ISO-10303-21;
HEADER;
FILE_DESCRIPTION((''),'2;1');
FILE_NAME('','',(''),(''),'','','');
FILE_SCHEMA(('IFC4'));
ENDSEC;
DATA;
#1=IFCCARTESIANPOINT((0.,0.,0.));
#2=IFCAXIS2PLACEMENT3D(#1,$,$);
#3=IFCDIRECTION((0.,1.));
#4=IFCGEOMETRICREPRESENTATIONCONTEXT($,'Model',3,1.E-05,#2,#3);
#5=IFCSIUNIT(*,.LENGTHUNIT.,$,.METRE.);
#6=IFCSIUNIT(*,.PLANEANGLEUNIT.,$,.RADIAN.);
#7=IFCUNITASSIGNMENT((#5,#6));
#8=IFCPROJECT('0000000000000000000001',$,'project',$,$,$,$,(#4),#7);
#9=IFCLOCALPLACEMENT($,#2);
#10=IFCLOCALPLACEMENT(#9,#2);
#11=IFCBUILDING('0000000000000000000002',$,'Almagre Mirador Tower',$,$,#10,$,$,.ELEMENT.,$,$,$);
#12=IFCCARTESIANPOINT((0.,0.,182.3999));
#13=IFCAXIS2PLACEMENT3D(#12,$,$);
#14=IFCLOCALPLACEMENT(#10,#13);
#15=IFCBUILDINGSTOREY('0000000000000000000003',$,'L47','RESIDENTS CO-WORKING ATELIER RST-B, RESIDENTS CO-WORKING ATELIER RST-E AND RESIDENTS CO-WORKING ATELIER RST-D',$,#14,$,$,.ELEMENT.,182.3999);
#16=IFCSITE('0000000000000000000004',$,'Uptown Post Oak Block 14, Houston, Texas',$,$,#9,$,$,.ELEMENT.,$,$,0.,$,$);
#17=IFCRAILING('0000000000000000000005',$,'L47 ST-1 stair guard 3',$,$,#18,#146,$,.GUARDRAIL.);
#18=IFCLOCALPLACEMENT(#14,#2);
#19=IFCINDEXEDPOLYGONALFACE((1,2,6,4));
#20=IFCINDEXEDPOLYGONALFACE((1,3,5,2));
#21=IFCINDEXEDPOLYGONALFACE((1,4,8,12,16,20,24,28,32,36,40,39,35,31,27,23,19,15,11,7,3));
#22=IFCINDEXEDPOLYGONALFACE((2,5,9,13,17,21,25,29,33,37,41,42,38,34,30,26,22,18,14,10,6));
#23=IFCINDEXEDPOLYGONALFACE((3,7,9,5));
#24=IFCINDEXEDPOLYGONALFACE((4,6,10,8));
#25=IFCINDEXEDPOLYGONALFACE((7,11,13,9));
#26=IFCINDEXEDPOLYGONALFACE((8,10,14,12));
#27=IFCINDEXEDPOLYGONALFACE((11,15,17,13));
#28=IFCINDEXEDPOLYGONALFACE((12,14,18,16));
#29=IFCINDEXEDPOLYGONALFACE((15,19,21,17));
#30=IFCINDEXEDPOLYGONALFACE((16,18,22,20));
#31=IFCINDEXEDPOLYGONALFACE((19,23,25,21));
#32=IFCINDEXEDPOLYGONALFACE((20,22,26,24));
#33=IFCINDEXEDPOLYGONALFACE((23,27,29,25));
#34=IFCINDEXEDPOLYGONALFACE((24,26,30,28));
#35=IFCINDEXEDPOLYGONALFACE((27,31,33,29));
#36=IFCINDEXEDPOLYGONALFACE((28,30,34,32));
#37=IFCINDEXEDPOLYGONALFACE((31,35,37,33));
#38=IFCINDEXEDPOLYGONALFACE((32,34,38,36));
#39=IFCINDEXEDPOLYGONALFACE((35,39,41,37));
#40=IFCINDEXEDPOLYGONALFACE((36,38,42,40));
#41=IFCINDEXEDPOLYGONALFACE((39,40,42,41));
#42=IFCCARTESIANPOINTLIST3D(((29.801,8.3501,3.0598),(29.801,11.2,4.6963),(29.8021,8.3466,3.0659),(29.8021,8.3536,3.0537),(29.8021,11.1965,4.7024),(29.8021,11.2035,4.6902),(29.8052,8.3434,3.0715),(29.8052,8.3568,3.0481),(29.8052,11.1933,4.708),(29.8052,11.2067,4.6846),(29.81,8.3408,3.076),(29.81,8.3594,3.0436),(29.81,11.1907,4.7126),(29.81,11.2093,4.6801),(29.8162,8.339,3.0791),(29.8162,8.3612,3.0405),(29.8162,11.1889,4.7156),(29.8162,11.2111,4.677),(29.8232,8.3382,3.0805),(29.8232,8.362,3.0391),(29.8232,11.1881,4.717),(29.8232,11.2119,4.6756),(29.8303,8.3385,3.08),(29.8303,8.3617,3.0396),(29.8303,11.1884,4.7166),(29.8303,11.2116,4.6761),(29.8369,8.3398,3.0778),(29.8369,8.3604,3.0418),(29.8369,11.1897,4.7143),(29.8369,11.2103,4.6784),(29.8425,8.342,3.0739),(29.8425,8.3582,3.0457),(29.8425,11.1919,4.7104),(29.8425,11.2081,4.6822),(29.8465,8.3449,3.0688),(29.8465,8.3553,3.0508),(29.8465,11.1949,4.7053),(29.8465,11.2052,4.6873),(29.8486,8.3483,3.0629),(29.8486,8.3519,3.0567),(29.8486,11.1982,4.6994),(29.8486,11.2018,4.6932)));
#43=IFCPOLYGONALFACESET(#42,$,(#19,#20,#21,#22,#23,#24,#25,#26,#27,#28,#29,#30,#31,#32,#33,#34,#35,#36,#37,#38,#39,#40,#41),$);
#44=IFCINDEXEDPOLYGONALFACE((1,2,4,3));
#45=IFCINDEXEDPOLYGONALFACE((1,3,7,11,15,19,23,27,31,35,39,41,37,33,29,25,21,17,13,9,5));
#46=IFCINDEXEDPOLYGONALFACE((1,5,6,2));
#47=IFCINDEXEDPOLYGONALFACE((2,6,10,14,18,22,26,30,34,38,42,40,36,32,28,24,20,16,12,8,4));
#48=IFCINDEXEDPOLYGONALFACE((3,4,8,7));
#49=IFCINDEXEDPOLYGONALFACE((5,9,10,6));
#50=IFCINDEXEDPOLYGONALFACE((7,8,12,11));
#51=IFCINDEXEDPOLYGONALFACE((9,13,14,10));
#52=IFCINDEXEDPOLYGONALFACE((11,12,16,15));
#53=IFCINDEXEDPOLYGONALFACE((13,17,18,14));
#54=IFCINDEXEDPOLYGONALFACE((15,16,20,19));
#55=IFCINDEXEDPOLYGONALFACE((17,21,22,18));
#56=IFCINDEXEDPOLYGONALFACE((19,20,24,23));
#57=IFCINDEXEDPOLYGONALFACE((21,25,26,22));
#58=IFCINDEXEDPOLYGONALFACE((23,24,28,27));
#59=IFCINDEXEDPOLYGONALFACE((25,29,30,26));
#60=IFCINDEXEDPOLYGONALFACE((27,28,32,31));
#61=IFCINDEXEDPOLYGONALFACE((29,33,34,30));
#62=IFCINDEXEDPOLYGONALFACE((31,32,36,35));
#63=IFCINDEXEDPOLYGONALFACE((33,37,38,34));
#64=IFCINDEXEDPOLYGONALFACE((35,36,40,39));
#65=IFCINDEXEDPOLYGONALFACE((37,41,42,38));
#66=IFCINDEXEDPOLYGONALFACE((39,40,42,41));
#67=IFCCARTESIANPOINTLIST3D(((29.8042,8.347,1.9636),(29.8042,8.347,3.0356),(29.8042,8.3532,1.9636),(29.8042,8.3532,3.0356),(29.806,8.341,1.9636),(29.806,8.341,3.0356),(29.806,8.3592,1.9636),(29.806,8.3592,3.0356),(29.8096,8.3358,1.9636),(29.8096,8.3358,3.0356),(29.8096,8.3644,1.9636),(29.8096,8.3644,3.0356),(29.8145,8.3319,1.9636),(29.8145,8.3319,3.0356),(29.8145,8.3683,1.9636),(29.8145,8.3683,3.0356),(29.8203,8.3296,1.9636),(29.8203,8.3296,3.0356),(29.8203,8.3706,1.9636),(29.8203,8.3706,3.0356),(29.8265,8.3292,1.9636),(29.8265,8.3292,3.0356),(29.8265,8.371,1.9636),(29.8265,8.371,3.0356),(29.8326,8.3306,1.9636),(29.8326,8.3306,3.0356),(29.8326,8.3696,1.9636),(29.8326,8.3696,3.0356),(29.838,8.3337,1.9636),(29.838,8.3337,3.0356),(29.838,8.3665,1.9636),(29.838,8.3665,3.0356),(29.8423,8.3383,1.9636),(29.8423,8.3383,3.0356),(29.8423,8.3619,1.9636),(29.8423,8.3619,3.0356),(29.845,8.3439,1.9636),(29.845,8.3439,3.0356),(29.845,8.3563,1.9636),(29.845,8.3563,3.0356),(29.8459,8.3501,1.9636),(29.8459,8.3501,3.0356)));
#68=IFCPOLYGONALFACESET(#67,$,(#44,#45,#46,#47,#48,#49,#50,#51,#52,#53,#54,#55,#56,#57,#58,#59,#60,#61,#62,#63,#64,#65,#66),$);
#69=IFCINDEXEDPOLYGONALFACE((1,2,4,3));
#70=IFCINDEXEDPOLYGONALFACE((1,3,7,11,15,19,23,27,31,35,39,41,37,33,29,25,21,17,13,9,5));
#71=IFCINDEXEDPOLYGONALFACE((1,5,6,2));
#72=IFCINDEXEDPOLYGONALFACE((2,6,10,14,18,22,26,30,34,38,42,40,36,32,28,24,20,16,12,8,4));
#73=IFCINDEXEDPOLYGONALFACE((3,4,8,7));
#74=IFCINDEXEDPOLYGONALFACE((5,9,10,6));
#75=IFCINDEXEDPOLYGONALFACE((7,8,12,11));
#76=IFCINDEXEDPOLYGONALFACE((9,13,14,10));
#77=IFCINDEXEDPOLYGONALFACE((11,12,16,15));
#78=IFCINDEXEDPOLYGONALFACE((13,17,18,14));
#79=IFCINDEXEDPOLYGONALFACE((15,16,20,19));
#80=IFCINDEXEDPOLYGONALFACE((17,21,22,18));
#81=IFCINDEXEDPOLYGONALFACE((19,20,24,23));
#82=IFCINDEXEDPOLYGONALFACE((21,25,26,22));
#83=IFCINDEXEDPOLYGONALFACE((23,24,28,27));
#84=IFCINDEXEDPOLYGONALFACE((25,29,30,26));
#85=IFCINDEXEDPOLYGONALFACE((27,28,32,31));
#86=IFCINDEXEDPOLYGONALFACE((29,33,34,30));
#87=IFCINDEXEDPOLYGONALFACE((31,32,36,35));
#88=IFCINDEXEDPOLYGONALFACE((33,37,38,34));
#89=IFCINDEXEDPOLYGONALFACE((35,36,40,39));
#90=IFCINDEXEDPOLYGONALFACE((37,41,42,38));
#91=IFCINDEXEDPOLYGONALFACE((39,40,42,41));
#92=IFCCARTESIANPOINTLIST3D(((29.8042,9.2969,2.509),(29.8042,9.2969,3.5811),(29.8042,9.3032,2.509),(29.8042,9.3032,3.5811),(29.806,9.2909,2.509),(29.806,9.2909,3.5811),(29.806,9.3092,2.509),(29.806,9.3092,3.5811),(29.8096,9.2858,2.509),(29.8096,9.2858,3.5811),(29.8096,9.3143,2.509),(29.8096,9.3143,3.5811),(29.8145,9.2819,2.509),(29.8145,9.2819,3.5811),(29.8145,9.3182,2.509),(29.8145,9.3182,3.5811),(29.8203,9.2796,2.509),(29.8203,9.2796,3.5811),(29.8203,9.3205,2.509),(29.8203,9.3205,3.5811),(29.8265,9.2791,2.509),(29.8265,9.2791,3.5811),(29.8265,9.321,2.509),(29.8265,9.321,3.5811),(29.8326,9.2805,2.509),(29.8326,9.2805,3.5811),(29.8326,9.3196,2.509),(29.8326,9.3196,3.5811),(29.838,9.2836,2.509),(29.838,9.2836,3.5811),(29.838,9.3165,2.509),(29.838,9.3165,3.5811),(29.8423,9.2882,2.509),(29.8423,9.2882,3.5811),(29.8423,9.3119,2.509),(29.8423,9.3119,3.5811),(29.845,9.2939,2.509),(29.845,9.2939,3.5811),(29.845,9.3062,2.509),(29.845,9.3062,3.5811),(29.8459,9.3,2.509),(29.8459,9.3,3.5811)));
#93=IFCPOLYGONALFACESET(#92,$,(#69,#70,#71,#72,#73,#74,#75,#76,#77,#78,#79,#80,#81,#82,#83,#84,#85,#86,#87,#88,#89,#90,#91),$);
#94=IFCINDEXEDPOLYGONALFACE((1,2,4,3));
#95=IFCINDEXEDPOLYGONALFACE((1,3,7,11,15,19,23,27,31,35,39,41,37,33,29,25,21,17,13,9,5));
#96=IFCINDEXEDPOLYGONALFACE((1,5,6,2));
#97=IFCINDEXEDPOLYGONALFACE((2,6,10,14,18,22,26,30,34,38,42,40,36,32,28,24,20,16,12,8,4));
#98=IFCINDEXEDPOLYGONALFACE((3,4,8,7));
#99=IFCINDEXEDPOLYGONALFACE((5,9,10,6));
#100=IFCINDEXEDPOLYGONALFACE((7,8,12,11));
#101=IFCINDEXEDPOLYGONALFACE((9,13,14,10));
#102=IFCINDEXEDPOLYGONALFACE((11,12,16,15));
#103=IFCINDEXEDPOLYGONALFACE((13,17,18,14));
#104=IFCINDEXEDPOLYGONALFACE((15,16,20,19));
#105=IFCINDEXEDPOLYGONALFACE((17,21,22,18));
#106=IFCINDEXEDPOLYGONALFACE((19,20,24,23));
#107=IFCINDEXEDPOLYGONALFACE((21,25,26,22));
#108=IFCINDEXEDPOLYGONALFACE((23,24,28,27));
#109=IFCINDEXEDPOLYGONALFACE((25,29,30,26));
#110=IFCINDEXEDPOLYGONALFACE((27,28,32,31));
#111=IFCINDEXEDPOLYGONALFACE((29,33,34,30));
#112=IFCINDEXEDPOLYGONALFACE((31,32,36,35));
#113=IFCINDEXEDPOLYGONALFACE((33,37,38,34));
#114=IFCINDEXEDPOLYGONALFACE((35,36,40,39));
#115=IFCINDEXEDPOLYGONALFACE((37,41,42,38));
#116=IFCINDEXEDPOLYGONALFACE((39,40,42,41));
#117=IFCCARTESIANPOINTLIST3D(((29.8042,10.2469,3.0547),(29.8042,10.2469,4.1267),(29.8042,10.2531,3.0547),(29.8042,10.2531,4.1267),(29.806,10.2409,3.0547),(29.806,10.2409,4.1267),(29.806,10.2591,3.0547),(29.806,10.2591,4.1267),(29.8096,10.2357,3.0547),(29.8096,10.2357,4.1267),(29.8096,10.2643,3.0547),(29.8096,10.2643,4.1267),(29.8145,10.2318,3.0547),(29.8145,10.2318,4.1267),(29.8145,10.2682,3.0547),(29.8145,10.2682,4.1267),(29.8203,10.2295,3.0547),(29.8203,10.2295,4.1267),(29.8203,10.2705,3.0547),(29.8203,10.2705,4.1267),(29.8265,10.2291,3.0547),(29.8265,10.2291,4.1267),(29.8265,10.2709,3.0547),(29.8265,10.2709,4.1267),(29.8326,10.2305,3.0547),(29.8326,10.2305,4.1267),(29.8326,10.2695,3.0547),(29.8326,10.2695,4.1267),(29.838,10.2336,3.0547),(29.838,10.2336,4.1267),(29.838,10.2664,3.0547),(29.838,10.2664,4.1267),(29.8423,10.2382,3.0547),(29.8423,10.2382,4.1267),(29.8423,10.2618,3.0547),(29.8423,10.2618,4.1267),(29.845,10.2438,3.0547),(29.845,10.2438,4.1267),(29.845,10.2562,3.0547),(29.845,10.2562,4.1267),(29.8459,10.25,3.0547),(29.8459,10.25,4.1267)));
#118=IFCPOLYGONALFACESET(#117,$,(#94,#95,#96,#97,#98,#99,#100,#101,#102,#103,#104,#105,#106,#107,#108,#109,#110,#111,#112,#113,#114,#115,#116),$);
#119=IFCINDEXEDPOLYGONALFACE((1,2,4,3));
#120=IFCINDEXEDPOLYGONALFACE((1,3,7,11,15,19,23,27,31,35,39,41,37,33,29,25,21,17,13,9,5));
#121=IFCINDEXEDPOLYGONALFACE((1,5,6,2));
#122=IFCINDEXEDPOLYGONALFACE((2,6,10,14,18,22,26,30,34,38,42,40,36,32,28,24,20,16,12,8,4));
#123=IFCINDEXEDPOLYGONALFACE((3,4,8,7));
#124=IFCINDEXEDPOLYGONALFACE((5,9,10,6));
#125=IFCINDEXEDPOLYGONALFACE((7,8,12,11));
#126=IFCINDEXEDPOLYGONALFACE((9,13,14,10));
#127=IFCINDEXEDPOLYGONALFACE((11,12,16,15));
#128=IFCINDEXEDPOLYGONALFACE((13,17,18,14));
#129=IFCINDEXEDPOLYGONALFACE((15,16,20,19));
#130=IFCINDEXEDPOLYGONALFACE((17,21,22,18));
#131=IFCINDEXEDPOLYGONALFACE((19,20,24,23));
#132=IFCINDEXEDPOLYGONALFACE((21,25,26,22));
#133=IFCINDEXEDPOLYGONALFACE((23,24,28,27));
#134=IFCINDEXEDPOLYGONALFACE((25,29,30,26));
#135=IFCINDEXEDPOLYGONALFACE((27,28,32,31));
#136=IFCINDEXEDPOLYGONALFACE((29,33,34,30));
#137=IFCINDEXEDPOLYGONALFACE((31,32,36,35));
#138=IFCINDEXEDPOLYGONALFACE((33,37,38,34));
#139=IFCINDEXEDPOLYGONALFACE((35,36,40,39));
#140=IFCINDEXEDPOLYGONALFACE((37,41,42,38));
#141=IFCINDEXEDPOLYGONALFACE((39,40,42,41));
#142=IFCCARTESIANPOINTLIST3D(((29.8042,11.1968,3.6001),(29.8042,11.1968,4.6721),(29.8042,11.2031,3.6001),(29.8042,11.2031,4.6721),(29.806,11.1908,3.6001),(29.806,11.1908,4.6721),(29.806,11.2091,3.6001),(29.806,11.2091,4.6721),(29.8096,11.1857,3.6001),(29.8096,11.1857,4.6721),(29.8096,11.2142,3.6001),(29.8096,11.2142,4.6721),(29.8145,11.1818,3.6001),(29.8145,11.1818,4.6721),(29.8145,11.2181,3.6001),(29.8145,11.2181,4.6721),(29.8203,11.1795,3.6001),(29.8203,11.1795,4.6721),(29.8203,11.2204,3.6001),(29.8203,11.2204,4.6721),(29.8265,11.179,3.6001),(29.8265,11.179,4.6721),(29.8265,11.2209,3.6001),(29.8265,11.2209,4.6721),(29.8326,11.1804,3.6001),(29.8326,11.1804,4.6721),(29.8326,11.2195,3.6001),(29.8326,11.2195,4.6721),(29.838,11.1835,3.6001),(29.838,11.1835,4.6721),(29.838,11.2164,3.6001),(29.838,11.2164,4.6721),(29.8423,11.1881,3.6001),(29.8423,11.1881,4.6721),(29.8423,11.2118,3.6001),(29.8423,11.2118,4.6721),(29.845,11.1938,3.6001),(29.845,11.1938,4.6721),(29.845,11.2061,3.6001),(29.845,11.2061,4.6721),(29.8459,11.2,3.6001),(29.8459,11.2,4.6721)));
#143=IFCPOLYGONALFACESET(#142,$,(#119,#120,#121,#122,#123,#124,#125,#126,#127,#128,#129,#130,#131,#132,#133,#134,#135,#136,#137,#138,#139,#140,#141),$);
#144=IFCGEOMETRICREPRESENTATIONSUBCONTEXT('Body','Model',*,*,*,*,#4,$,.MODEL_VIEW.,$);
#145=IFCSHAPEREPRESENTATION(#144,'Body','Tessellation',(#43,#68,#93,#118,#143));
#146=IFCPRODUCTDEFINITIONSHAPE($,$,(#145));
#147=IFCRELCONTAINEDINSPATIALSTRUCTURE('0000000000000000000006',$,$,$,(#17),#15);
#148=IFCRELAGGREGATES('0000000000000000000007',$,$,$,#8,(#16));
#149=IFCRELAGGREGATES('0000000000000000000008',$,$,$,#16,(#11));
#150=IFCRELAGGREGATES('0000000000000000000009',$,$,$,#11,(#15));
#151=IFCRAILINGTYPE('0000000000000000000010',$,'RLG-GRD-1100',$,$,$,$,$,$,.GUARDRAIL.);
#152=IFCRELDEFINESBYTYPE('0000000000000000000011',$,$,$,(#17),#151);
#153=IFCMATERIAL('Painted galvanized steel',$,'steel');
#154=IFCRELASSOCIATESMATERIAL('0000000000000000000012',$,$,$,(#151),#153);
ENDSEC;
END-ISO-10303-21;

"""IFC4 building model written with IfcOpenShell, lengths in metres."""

from ifc_helpers import new_model, si_unit, direction, frame, origin, origin_2d, place, context, subcontext, project, spatial, circle, extrude, material, type_object, element, save


model = new_model("IFC4")

# Units and contexts
model_context = context("Model", 3, precision=1e-05, world=origin(), true_north=direction((0.0, 1.0)))
body_context = subcontext(model_context, "Body", "Model", "MODEL_VIEW")
ifc_project = project(units=[si_unit("LENGTHUNIT", "METRE"), si_unit("PLANEANGLEUNIT", "RADIAN")], contexts=[model_context])

# Site, building, storey
site_placement = place(None, origin())
site = spatial("IfcSite", under=ifc_project, at=site_placement, Name="Uptown Post Oak Block 14, Houston, Texas", CompositionType="ELEMENT", RefElevation=0.0)
building_placement = place(site_placement, origin())
building = spatial("IfcBuilding", under=site, at=building_placement, Name="Almagre Mirador Tower", CompositionType="ELEMENT")
storey_placement = place(building_placement, frame((0.0, 0.0, 182.3999)))
storey = spatial("IfcBuildingStorey", under=building, at=storey_placement, Name="L47", Description="RESIDENTS CO-WORKING ATELIER RST-B, RESIDENTS CO-WORKING ATELIER RST-E AND RESIDENTS CO-WORKING ATELIER RST-D", CompositionType="ELEMENT", Elevation=182.3999)

# Railing
ifc_material_1 = material(Name="Painted galvanized steel", Category="steel")
railing_type_1 = type_object("IfcRailingType", Name="RLG-GRD-1100", PredefinedType="GUARDRAIL", material=ifc_material_1)
railing_1_placement = place(storey_placement, frame((29.825, 8.3501, 1.9636)))
element("IfcRailing", 1, at=railing_1_placement, inside=storey, type_object=railing_type_1, Name="L47 ST-1 stair guard 3", PredefinedType="GUARDRAIL", context=body_context, shape_type="SweptSolid", body=[
    extrude(circle(Radius=0.0239, at=origin_2d()), frame((0.0, 0.0, 1.0962), z_axis=(0.0, 0.867194, 0.49797), x_axis=(-1.0, 0.0, 0.0)), (0.0, 0.0, 1.0), 3.2864),
    extrude(circle(Radius=0.021, at=origin_2d()), origin(), (0.0, 0.0, 1.0), 1.072),
    extrude(circle(Radius=0.021, at=origin_2d()), frame((0.0, 0.95, 0.5454)), (0.0, 0.0, 1.0), 1.072),
    extrude(circle(Radius=0.021, at=origin_2d()), frame((0.0, 1.8999, 1.0911)), (0.0, 0.0, 1.0), 1.072),
    extrude(circle(Radius=0.021, at=origin_2d()), frame((0.0, 2.8499, 1.6365)), (0.0, 0.0, 1.0), 1.072),
])

save(model, "model.ifc")
